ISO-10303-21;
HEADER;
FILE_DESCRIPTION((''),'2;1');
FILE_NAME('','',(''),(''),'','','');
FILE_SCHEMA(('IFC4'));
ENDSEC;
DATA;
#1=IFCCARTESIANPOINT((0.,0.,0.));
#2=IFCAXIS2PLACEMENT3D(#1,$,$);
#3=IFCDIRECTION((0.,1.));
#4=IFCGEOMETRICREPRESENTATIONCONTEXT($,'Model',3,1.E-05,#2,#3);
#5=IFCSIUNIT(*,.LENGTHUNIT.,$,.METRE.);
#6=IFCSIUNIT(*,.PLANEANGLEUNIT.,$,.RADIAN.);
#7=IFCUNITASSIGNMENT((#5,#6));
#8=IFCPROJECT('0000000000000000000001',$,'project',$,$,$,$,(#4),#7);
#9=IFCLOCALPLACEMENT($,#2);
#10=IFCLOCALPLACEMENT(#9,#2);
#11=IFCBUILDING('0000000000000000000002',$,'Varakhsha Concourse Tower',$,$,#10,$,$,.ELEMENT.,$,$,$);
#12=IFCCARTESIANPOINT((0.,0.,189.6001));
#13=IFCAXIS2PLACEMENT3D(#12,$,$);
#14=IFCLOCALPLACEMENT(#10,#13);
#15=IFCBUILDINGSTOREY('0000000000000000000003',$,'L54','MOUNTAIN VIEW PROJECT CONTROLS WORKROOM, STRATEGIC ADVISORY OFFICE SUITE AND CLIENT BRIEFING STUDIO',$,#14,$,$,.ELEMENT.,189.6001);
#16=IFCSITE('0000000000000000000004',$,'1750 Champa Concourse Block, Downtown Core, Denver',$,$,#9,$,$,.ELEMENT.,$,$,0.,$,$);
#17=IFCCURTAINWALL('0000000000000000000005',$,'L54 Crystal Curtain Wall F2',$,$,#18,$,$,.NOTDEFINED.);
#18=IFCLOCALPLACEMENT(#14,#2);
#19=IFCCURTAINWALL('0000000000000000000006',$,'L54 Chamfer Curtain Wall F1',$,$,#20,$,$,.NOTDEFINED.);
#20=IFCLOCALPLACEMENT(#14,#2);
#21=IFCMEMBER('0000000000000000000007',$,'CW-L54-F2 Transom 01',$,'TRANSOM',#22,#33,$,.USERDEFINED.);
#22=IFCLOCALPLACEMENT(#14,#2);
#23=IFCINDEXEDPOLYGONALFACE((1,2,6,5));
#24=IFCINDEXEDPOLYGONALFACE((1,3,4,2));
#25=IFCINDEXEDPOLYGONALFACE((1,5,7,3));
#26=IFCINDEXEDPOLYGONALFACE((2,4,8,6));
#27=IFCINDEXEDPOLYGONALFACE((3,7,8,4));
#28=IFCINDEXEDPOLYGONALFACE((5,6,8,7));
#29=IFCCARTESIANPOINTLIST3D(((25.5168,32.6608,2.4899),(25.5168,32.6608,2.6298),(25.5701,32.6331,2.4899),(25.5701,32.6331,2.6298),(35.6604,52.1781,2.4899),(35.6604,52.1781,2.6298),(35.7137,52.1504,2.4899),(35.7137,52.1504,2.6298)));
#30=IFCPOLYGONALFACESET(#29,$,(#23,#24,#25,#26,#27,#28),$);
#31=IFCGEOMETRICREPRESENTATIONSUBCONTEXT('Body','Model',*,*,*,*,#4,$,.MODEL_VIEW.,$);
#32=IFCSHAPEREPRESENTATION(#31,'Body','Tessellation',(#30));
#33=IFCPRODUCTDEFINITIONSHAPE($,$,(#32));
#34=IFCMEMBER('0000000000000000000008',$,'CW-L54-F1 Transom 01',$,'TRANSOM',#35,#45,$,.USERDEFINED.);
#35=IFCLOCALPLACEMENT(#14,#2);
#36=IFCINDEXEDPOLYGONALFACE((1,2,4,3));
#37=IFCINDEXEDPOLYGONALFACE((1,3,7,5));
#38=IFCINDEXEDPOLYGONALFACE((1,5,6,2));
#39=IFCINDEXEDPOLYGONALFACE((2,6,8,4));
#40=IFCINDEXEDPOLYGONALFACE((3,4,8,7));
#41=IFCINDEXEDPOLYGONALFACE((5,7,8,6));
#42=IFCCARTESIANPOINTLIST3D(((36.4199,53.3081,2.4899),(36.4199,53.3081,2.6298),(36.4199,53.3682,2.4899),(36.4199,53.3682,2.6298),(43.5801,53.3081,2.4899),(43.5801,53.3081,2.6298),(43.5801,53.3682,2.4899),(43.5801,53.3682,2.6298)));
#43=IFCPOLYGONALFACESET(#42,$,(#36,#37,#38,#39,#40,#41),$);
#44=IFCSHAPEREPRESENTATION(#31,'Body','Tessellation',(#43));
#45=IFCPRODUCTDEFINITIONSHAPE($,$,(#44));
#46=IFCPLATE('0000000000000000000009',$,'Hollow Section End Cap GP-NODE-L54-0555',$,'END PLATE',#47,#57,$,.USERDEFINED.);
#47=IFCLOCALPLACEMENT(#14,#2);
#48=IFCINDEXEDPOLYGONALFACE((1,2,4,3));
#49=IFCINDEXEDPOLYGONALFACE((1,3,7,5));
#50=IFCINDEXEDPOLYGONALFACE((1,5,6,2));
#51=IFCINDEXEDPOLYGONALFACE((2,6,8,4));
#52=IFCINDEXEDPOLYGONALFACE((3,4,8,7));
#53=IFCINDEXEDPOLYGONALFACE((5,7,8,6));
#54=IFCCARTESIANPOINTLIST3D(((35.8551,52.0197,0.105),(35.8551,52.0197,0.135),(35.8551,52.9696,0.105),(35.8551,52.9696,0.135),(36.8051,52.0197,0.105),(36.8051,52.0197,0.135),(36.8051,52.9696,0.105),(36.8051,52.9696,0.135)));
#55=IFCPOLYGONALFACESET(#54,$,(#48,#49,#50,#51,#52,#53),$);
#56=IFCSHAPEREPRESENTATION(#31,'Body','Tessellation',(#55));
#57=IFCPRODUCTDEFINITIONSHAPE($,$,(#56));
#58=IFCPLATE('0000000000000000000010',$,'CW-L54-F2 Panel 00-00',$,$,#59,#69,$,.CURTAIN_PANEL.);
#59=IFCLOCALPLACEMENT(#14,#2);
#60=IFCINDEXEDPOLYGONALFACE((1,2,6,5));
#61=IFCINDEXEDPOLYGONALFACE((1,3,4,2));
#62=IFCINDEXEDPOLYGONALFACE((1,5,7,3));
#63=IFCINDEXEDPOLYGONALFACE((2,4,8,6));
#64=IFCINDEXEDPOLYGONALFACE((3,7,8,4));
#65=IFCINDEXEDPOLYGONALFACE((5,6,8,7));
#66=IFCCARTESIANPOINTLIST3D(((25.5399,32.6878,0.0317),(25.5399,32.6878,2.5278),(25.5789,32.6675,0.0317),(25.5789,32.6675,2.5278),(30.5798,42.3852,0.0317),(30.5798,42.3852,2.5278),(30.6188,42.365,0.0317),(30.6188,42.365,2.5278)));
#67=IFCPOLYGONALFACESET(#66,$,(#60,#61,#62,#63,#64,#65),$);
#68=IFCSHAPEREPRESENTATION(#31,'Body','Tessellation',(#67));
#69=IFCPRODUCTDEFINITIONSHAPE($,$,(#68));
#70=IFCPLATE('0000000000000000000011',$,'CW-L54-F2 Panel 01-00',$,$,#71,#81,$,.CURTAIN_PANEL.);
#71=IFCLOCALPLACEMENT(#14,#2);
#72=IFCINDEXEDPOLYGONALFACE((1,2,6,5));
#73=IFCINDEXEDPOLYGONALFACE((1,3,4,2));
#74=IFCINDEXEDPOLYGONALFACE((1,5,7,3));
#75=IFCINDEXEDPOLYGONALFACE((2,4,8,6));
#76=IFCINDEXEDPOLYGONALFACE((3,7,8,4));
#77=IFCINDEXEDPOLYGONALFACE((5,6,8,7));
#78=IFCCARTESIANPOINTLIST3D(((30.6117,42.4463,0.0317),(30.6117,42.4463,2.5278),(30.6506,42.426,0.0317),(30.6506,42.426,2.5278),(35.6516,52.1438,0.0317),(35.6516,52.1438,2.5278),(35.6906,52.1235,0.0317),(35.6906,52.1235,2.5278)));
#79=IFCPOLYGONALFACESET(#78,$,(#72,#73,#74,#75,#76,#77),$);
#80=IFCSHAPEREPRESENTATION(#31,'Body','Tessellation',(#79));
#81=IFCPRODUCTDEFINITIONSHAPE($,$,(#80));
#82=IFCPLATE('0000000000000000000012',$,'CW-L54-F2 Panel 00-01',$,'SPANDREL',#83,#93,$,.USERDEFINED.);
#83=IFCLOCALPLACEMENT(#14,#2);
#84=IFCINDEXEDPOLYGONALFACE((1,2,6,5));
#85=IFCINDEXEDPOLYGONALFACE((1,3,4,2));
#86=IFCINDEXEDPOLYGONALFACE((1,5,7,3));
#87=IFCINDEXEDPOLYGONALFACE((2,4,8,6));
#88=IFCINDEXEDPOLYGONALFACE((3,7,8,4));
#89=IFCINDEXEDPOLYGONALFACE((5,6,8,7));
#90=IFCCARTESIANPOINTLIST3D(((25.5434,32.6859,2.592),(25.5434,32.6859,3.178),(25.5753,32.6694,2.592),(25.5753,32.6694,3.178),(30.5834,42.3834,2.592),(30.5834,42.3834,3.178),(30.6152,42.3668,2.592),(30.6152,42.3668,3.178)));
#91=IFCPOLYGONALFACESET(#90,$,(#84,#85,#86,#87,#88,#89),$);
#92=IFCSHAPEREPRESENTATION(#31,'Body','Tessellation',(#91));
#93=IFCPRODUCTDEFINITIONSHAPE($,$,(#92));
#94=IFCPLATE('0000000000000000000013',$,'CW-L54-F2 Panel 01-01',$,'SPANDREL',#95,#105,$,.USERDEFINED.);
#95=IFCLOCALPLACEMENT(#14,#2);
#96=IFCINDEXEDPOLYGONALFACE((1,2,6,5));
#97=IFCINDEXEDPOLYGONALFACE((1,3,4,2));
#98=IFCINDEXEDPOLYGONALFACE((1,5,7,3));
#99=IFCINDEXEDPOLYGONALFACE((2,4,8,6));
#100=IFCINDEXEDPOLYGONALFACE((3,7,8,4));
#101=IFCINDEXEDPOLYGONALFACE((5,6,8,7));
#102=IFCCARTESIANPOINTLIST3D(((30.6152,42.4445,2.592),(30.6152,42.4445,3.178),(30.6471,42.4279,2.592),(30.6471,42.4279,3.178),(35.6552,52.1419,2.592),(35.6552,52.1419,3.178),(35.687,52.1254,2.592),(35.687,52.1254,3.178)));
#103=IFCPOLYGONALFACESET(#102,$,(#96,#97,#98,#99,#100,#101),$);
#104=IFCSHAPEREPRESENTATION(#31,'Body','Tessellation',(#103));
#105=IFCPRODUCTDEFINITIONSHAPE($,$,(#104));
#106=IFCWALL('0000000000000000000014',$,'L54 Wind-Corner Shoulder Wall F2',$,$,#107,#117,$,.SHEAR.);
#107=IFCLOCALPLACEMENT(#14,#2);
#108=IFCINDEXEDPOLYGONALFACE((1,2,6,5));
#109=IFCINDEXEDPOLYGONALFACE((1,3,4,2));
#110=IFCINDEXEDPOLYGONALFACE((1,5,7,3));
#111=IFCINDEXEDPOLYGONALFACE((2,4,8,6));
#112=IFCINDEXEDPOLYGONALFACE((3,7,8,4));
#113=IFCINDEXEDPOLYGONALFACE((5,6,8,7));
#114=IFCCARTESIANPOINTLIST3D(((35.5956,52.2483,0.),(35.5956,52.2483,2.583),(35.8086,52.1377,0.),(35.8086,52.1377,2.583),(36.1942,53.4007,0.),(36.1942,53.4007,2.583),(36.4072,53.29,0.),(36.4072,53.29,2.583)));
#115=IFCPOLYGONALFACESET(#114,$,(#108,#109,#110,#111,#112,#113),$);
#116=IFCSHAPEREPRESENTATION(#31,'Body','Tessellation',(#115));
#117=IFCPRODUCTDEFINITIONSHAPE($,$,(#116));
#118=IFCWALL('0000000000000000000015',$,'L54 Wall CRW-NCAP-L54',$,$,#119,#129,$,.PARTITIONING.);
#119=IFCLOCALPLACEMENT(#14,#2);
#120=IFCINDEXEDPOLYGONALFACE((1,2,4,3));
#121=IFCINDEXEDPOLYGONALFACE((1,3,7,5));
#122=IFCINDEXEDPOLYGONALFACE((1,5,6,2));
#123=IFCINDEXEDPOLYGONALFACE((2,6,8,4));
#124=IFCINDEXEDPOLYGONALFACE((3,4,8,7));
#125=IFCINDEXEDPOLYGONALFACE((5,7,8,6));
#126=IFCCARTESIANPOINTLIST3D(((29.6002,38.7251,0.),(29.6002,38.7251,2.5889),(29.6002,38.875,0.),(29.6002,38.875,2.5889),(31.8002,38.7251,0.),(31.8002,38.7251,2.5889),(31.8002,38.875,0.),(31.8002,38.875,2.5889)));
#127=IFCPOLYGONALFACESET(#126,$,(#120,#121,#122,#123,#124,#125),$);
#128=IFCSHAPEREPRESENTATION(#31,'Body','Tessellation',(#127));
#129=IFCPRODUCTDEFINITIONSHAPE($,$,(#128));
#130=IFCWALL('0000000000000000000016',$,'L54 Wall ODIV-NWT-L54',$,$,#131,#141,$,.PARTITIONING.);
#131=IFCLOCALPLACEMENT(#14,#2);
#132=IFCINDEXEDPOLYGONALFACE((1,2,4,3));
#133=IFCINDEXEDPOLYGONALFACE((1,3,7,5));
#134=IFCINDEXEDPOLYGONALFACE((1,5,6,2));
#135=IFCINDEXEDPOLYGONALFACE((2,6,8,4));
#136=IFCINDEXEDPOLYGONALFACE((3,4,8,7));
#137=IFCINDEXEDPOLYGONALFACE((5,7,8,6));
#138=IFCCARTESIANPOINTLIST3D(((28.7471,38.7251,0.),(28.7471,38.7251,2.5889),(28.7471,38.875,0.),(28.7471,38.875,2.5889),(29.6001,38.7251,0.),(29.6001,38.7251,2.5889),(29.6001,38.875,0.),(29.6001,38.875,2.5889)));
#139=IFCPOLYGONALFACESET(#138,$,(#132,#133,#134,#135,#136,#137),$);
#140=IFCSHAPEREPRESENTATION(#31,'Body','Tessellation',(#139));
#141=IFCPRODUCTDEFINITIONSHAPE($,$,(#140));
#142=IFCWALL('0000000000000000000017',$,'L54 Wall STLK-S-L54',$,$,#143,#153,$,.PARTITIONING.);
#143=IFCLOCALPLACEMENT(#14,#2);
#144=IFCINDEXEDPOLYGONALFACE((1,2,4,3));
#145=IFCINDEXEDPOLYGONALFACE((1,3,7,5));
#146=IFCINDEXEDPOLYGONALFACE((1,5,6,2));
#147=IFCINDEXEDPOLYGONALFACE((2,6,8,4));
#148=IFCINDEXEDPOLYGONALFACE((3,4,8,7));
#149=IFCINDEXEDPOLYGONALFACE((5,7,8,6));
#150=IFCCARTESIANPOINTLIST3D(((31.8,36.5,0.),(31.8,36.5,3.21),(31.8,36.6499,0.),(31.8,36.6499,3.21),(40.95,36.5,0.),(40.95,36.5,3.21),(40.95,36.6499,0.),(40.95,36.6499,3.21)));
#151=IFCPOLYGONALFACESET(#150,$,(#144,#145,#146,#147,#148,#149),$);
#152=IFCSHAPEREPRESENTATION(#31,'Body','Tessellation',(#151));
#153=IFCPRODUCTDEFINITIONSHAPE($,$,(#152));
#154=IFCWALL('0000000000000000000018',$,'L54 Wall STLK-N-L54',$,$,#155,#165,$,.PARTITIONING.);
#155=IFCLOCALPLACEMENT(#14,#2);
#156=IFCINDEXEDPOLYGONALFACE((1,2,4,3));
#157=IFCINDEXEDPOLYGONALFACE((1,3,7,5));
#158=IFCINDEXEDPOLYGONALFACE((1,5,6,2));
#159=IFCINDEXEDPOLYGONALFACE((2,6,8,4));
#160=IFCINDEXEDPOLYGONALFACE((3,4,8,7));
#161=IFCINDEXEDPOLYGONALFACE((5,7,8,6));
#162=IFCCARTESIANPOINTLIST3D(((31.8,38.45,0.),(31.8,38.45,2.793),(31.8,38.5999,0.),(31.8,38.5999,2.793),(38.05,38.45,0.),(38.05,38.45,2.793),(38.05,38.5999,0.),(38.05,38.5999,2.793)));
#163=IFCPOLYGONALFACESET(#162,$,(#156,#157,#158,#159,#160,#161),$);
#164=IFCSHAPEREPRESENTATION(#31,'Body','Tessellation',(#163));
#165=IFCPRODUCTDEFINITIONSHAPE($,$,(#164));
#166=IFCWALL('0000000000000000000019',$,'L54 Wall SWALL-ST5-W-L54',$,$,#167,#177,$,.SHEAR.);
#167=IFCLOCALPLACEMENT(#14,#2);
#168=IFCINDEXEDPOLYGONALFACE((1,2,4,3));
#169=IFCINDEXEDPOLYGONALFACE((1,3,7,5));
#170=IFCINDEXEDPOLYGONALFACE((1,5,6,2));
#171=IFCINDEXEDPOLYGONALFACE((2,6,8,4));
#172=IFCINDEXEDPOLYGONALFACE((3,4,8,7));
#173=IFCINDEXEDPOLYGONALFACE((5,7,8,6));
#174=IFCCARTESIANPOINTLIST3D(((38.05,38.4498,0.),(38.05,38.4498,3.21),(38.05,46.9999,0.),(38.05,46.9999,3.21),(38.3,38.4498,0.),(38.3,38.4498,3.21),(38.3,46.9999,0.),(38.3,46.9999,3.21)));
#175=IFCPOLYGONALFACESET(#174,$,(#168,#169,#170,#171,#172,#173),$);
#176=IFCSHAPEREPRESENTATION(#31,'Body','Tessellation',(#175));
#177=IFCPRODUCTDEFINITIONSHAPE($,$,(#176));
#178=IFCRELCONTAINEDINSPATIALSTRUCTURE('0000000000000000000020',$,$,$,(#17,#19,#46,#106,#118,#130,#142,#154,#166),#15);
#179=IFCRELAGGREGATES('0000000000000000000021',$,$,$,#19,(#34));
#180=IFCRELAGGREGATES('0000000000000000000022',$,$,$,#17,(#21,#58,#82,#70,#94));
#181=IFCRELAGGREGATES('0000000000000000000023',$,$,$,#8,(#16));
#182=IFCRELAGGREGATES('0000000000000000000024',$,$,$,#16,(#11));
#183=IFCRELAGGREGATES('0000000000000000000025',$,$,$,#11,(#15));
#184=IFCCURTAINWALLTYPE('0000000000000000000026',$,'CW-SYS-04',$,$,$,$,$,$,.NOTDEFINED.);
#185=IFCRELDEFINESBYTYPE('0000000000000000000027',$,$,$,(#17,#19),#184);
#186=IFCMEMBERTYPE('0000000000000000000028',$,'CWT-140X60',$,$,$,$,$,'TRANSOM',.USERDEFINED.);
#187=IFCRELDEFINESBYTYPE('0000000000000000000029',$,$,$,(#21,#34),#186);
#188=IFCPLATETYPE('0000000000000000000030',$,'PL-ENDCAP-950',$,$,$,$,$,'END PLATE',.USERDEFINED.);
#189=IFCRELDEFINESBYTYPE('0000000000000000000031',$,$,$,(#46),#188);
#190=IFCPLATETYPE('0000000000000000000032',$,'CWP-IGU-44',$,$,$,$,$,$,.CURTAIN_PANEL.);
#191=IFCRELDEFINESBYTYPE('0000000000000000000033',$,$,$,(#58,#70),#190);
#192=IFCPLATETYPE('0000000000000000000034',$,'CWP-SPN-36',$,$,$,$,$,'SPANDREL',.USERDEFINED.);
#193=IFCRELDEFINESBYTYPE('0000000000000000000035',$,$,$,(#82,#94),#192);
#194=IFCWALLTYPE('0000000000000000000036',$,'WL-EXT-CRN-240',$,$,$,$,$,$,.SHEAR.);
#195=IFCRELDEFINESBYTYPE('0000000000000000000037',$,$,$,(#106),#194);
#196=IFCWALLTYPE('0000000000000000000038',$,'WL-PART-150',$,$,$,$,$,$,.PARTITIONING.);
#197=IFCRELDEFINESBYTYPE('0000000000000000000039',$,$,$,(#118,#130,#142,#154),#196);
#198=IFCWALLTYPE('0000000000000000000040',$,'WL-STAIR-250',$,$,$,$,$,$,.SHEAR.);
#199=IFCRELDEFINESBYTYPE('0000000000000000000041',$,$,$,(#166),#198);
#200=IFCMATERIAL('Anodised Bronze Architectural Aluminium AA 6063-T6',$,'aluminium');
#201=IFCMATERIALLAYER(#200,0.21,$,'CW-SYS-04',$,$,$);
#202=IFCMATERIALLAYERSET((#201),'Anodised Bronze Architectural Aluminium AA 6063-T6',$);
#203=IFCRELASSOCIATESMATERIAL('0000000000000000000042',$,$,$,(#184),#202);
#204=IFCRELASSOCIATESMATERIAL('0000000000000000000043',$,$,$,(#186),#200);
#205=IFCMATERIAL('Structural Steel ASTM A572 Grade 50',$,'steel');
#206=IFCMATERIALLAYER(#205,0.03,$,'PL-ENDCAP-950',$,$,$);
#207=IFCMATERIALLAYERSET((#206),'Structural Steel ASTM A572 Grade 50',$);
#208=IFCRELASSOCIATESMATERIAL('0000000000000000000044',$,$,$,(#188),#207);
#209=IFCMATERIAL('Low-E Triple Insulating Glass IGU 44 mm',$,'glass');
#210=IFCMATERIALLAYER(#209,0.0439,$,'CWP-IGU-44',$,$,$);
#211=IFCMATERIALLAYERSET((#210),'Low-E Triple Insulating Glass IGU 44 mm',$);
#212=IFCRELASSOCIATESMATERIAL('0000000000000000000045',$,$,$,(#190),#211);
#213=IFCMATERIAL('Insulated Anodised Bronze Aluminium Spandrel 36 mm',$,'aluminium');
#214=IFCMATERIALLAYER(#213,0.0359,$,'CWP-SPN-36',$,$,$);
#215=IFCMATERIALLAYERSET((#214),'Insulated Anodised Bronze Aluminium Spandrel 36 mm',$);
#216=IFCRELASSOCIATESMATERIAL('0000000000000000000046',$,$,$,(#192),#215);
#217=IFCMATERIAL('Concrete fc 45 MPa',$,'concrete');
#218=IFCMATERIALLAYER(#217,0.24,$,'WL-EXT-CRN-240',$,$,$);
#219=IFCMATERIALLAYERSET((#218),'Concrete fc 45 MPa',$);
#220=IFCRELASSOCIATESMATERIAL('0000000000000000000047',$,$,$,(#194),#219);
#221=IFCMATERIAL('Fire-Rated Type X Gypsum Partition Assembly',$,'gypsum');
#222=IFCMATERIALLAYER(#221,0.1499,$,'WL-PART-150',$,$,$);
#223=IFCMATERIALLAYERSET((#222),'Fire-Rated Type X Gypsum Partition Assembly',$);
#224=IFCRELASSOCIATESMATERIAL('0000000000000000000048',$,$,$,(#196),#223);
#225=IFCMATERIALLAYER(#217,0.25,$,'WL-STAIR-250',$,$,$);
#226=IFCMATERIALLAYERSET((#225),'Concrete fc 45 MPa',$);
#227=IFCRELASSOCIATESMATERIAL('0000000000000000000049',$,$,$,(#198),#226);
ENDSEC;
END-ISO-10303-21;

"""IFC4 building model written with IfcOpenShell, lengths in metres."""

from ifc_helpers import new_model, si_unit, direction, frame, frame_2d, origin, origin_2d, place, context, subcontext, project, spatial, rectangle, extrude, source, transform, mapped, material, layer, layer_set, material_profile, profile_set, type_object, type_shapes, element, aggregate, save


model = new_model("IFC4")

# Units and contexts
model_context = context("Model", 3, precision=1e-05, world=origin(), true_north=direction((0.0, 1.0)))
body_context = subcontext(model_context, "Body", "Model", "MODEL_VIEW")
ifc_project = project(units=[si_unit("LENGTHUNIT", "METRE"), si_unit("PLANEANGLEUNIT", "RADIAN")], contexts=[model_context])

# Site, building, storey
site_placement = place(None, origin())
site = spatial("IfcSite", under=ifc_project, at=site_placement, Name="1750 Champa Concourse Block, Downtown Core, Denver", CompositionType="ELEMENT", RefElevation=0.0)
building_placement = place(site_placement, origin())
building = spatial("IfcBuilding", under=site, at=building_placement, Name="Varakhsha Concourse Tower", CompositionType="ELEMENT")
storey_placement = place(building_placement, frame((0.0, 0.0, 189.6001)))
storey = spatial("IfcBuildingStorey", under=building, at=storey_placement, Name="L54", Description="MOUNTAIN VIEW PROJECT CONTROLS WORKROOM, STRATEGIC ADVISORY OFFICE SUITE AND CLIENT BRIEFING STUDIO", CompositionType="ELEMENT", Elevation=189.6001)

# Shared definitions
ifc_material_1 = material(Name="Structural Steel ASTM A572 Grade 50", Category="steel")

# Curtain wall
ifc_material_2 = material(Name="Anodised Bronze Architectural Aluminium AA 6063-T6", Category="aluminium")
ifc_layer_1 = layer(ifc_material_2, 0.21, Name="CW-SYS-04")
ifc_layer_set_1 = layer_set([ifc_layer_1], Name="Anodised Bronze Architectural Aluminium AA 6063-T6")
curtain_wall_type = type_object("IfcCurtainWallType", Name="CW-SYS-04", PredefinedType="NOTDEFINED", material=ifc_layer_set_1)
curtain_wall_1_placement = place(storey_placement, origin())
curtain_wall_1 = element("IfcCurtainWall", 1, at=curtain_wall_1_placement, inside=storey, type_object=curtain_wall_type, Name="L54 Crystal Curtain Wall F2", PredefinedType="NOTDEFINED")

# Curtain wall
curtain_wall_2_placement = place(storey_placement, origin())
curtain_wall_2 = element("IfcCurtainWall", 2, at=curtain_wall_2_placement, inside=storey, type_object=curtain_wall_type, Name="L54 Chamfer Curtain Wall F1", PredefinedType="NOTDEFINED")

# Members
ifc_material_profile_1 = material_profile(ifc_material_2, rectangle(XDim=0.0601, YDim=0.1399, at=origin_2d()), Name="CWT-140X60")
ifc_profile_set_1 = profile_set([ifc_material_profile_1], Name="Anodised Bronze Architectural Aluminium AA 6063-T6")
member_type_1 = type_object("IfcMemberType", Name="CWT-140X60", ElementType="TRANSOM", PredefinedType="USERDEFINED", material=ifc_profile_set_1)
shared_shape_1 = source(origin(), body_context, "Body", "SweptSolid", [
    extrude(rectangle(XDim=0.0601, YDim=0.1399, at=origin_2d()), origin(), (0.0, 0.0, 1.0), 21.9958),
])
member_1_placement = place(storey_placement, frame((25.5435, 32.647, 2.5598), z_axis=(0.461157, 0.887318, 0.0), x_axis=(-0.887318, 0.461157, 0.0)))
member_1 = element("IfcMember", 3, at=member_1_placement, type_object=member_type_1, Name="CW-L54-F2 Transom 01", ObjectType="TRANSOM", PredefinedType="USERDEFINED", context=body_context, shape_type="MappedRepresentation", body=[
    mapped(shared_shape_1, transform((0.0, 0.0, 0.0), scale=1.0)),
])
shared_shape_2 = source(origin(), body_context, "Body", "SweptSolid", [
    extrude(rectangle(XDim=0.0601, YDim=0.1399, at=origin_2d()), origin(), (0.0, 0.0, 1.0), 7.1602),
])
type_shapes(member_type_1, [shared_shape_1, shared_shape_2])
member_2_placement = place(storey_placement, frame((36.4199, 53.3381, 2.5598), z_axis=(1.0, 0.0, 0.0), x_axis=(0.0, 1.0, 0.0)))
member_2 = element("IfcMember", 4, at=member_2_placement, type_object=member_type_1, Name="CW-L54-F1 Transom 01", ObjectType="TRANSOM", PredefinedType="USERDEFINED", context=body_context, shape_type="MappedRepresentation", body=[
    mapped(shared_shape_2, transform((0.0, 0.0, 0.0), scale=1.0)),
])
aggregate(curtain_wall_2, [member_2])

# Plates
ifc_layer_2 = layer(ifc_material_1, 0.03, Name="PL-ENDCAP-950")
ifc_layer_set_2 = layer_set([ifc_layer_2], Name="Structural Steel ASTM A572 Grade 50")
plate_type_1 = type_object("IfcPlateType", Name="PL-ENDCAP-950", ElementType="END PLATE", PredefinedType="USERDEFINED", material=ifc_layer_set_2)
shared_shape_3 = source(origin(), body_context, "Body", "SweptSolid", [
    extrude(rectangle(XDim=0.95, YDim=0.95, at=origin_2d()), origin(), (0.0, 0.0, 1.0), 0.03),
])
type_shapes(plate_type_1, [shared_shape_3])
plate_1_placement = place(storey_placement, frame((36.3301, 52.4946, 0.105), z_axis=(0.0, 0.0, 1.0), x_axis=(1.0, 0.0, 0.0)))
element("IfcPlate", 5, at=plate_1_placement, inside=storey, type_object=plate_type_1, Name="Hollow Section End Cap GP-NODE-L54-0555", ObjectType="END PLATE", PredefinedType="USERDEFINED", context=body_context, shape_type="MappedRepresentation", body=[
    mapped(shared_shape_3, transform((0.0, 0.0, 0.0), scale=1.0)),
])
ifc_material_3 = material(Name="Low-E Triple Insulating Glass IGU 44 mm", Category="glass")
ifc_layer_3 = layer(ifc_material_3, 0.0439, Name="CWP-IGU-44")
ifc_layer_set_3 = layer_set([ifc_layer_3], Name="Low-E Triple Insulating Glass IGU 44 mm")
plate_type_2 = type_object("IfcPlateType", Name="CWP-IGU-44", PredefinedType="CURTAIN_PANEL", material=ifc_layer_set_3)
shared_shape_4 = source(origin(), body_context, "Body", "SweptSolid", [
    extrude(rectangle(XDim=10.929, YDim=0.0439, at=origin_2d()), origin(), (0.0, 0.0, 1.0), 2.4961),
])
type_shapes(plate_type_2, [shared_shape_4])
plate_2_placement = place(storey_placement, frame((28.0793, 37.5264, 0.0317), z_axis=(0.0, 0.0, 1.0), x_axis=(0.461156, 0.887319, 0.0)))
plate_2 = element("IfcPlate", 6, at=plate_2_placement, type_object=plate_type_2, Name="CW-L54-F2 Panel 00-00", PredefinedType="CURTAIN_PANEL", context=body_context, shape_type="MappedRepresentation", body=[
    mapped(shared_shape_4, transform((0.0, 0.0, 0.0), scale=1.0)),
])
plate_3_placement = place(storey_placement, frame((33.1511, 47.2849, 0.0317), z_axis=(0.0, 0.0, 1.0), x_axis=(0.461156, 0.887319, 0.0)))
plate_3 = element("IfcPlate", 7, at=plate_3_placement, type_object=plate_type_2, Name="CW-L54-F2 Panel 01-00", PredefinedType="CURTAIN_PANEL", context=body_context, shape_type="MappedRepresentation", body=[
    mapped(shared_shape_4, transform((0.0, 0.0, 0.0), scale=1.0)),
])
ifc_material_4 = material(Name="Insulated Anodised Bronze Aluminium Spandrel 36 mm", Category="aluminium")
ifc_layer_4 = layer(ifc_material_4, 0.0359, Name="CWP-SPN-36")
ifc_layer_set_4 = layer_set([ifc_layer_4], Name="Insulated Anodised Bronze Aluminium Spandrel 36 mm")
plate_type_3 = type_object("IfcPlateType", Name="CWP-SPN-36", ElementType="SPANDREL", PredefinedType="USERDEFINED", material=ifc_layer_set_4)
shared_shape_5 = source(origin(), body_context, "Body", "SweptSolid", [
    extrude(rectangle(XDim=10.929, YDim=0.0359, at=origin_2d()), origin(), (0.0, 0.0, 1.0), 0.5859),
])
type_shapes(plate_type_3, [shared_shape_5])
plate_4_placement = place(storey_placement, frame((28.0793, 37.5264, 2.592), z_axis=(0.0, 0.0, 1.0), x_axis=(0.461156, 0.887319, 0.0)))
plate_4 = element("IfcPlate", 8, at=plate_4_placement, type_object=plate_type_3, Name="CW-L54-F2 Panel 00-01", ObjectType="SPANDREL", PredefinedType="USERDEFINED", context=body_context, shape_type="MappedRepresentation", body=[
    mapped(shared_shape_5, transform((0.0, 0.0, 0.0), scale=1.0)),
])
plate_5_placement = place(storey_placement, frame((33.1511, 47.2849, 2.592), z_axis=(0.0, 0.0, 1.0), x_axis=(0.461156, 0.887319, 0.0)))
plate_5 = element("IfcPlate", 9, at=plate_5_placement, type_object=plate_type_3, Name="CW-L54-F2 Panel 01-01", ObjectType="SPANDREL", PredefinedType="USERDEFINED", context=body_context, shape_type="MappedRepresentation", body=[
    mapped(shared_shape_5, transform((0.0, 0.0, 0.0), scale=1.0)),
])
aggregate(curtain_wall_1, [member_1, plate_2, plate_4, plate_3, plate_5])

# Walls
ifc_material_5 = material(Name="Concrete fc 45 MPa", Category="concrete")
ifc_layer_5 = layer(ifc_material_5, 0.24, Name="WL-EXT-CRN-240")
ifc_layer_set_5 = layer_set([ifc_layer_5], Name="Concrete fc 45 MPa")
wall_type_1 = type_object("IfcWallType", Name="WL-EXT-CRN-240", PredefinedType="SHEAR", material=ifc_layer_set_5)
wall_1_placement = place(storey_placement, frame((36.3008, 53.3455, 0.0), z_axis=(0.0, 0.0, 1.0), x_axis=(-0.460998, -0.887401, 0.0)))
element("IfcWall", 10, at=wall_1_placement, inside=storey, type_object=wall_type_1, Name="L54 Wind-Corner Shoulder Wall F2", PredefinedType="SHEAR", context=body_context, shape_type="SweptSolid", body=[
    extrude(rectangle(XDim=1.2986, YDim=0.24, at=frame_2d((0.6494, 0.0))), origin(), (0.0, 0.0, 1.0), 2.583),
])
ifc_material_6 = material(Name="Fire-Rated Type X Gypsum Partition Assembly", Category="gypsum")
ifc_layer_6 = layer(ifc_material_6, 0.1499, Name="WL-PART-150")
ifc_layer_set_6 = layer_set([ifc_layer_6], Name="Fire-Rated Type X Gypsum Partition Assembly")
wall_type_2 = type_object("IfcWallType", Name="WL-PART-150", PredefinedType="PARTITIONING", material=ifc_layer_set_6)
wall_2_placement = place(storey_placement, frame((29.6001, 38.8, 0.0), z_axis=(0.0, 0.0, 1.0), x_axis=(1.0, 0.0, 0.0)))
element("IfcWall", 11, at=wall_2_placement, inside=storey, type_object=wall_type_2, Name="L54 Wall CRW-NCAP-L54", PredefinedType="PARTITIONING", context=body_context, shape_type="SweptSolid", body=[
    extrude(rectangle(XDim=2.2, YDim=0.1499, at=frame_2d((1.1001, 0.0))), origin(), (0.0, 0.0, 1.0), 2.5889),
])
wall_3_placement = place(storey_placement, frame((28.7471, 38.8, 0.0), z_axis=(0.0, 0.0, 1.0), x_axis=(1.0, 0.0, 0.0)))
element("IfcWall", 12, at=wall_3_placement, inside=storey, type_object=wall_type_2, Name="L54 Wall ODIV-NWT-L54", PredefinedType="PARTITIONING", context=body_context, shape_type="SweptSolid", body=[
    extrude(rectangle(XDim=0.853, YDim=0.1499, at=frame_2d((0.4265, 0.0))), origin(), (0.0, 0.0, 1.0), 2.5889),
])
wall_4_placement = place(storey_placement, frame((31.8, 36.575, 0.0), z_axis=(0.0, 0.0, 1.0), x_axis=(1.0, 0.0, 0.0)))
element("IfcWall", 13, at=wall_4_placement, inside=storey, type_object=wall_type_2, Name="L54 Wall STLK-S-L54", PredefinedType="PARTITIONING", context=body_context, shape_type="SweptSolid", body=[
    extrude(rectangle(XDim=9.1499, YDim=0.1499, at=frame_2d((4.575, 0.0))), origin(), (0.0, 0.0, 1.0), 3.21),
])
wall_5_placement = place(storey_placement, frame((31.8, 38.5249, 0.0), z_axis=(0.0, 0.0, 1.0), x_axis=(1.0, 0.0, 0.0)))
element("IfcWall", 14, at=wall_5_placement, inside=storey, type_object=wall_type_2, Name="L54 Wall STLK-N-L54", PredefinedType="PARTITIONING", context=body_context, shape_type="SweptSolid", body=[
    extrude(rectangle(XDim=6.25, YDim=0.1499, at=frame_2d((3.125, 0.0))), origin(), (0.0, 0.0, 1.0), 2.793),
])
ifc_layer_7 = layer(ifc_material_5, 0.25, Name="WL-STAIR-250")
ifc_layer_set_7 = layer_set([ifc_layer_7], Name="Concrete fc 45 MPa")
wall_type_3 = type_object("IfcWallType", Name="WL-STAIR-250", PredefinedType="SHEAR", material=ifc_layer_set_7)
wall_6_placement = place(storey_placement, frame((38.175, 38.45, 0.0), z_axis=(0.0, 0.0, 1.0), x_axis=(0.0, 1.0, 0.0)))
element("IfcWall", 15, at=wall_6_placement, inside=storey, type_object=wall_type_3, Name="L54 Wall SWALL-ST5-W-L54", PredefinedType="SHEAR", context=body_context, shape_type="SweptSolid", body=[
    extrude(rectangle(XDim=8.55, YDim=0.25, at=frame_2d((4.2749, 0.0))), origin(), (0.0, 0.0, 1.0), 3.21),
])

save(model, "model.ifc")
